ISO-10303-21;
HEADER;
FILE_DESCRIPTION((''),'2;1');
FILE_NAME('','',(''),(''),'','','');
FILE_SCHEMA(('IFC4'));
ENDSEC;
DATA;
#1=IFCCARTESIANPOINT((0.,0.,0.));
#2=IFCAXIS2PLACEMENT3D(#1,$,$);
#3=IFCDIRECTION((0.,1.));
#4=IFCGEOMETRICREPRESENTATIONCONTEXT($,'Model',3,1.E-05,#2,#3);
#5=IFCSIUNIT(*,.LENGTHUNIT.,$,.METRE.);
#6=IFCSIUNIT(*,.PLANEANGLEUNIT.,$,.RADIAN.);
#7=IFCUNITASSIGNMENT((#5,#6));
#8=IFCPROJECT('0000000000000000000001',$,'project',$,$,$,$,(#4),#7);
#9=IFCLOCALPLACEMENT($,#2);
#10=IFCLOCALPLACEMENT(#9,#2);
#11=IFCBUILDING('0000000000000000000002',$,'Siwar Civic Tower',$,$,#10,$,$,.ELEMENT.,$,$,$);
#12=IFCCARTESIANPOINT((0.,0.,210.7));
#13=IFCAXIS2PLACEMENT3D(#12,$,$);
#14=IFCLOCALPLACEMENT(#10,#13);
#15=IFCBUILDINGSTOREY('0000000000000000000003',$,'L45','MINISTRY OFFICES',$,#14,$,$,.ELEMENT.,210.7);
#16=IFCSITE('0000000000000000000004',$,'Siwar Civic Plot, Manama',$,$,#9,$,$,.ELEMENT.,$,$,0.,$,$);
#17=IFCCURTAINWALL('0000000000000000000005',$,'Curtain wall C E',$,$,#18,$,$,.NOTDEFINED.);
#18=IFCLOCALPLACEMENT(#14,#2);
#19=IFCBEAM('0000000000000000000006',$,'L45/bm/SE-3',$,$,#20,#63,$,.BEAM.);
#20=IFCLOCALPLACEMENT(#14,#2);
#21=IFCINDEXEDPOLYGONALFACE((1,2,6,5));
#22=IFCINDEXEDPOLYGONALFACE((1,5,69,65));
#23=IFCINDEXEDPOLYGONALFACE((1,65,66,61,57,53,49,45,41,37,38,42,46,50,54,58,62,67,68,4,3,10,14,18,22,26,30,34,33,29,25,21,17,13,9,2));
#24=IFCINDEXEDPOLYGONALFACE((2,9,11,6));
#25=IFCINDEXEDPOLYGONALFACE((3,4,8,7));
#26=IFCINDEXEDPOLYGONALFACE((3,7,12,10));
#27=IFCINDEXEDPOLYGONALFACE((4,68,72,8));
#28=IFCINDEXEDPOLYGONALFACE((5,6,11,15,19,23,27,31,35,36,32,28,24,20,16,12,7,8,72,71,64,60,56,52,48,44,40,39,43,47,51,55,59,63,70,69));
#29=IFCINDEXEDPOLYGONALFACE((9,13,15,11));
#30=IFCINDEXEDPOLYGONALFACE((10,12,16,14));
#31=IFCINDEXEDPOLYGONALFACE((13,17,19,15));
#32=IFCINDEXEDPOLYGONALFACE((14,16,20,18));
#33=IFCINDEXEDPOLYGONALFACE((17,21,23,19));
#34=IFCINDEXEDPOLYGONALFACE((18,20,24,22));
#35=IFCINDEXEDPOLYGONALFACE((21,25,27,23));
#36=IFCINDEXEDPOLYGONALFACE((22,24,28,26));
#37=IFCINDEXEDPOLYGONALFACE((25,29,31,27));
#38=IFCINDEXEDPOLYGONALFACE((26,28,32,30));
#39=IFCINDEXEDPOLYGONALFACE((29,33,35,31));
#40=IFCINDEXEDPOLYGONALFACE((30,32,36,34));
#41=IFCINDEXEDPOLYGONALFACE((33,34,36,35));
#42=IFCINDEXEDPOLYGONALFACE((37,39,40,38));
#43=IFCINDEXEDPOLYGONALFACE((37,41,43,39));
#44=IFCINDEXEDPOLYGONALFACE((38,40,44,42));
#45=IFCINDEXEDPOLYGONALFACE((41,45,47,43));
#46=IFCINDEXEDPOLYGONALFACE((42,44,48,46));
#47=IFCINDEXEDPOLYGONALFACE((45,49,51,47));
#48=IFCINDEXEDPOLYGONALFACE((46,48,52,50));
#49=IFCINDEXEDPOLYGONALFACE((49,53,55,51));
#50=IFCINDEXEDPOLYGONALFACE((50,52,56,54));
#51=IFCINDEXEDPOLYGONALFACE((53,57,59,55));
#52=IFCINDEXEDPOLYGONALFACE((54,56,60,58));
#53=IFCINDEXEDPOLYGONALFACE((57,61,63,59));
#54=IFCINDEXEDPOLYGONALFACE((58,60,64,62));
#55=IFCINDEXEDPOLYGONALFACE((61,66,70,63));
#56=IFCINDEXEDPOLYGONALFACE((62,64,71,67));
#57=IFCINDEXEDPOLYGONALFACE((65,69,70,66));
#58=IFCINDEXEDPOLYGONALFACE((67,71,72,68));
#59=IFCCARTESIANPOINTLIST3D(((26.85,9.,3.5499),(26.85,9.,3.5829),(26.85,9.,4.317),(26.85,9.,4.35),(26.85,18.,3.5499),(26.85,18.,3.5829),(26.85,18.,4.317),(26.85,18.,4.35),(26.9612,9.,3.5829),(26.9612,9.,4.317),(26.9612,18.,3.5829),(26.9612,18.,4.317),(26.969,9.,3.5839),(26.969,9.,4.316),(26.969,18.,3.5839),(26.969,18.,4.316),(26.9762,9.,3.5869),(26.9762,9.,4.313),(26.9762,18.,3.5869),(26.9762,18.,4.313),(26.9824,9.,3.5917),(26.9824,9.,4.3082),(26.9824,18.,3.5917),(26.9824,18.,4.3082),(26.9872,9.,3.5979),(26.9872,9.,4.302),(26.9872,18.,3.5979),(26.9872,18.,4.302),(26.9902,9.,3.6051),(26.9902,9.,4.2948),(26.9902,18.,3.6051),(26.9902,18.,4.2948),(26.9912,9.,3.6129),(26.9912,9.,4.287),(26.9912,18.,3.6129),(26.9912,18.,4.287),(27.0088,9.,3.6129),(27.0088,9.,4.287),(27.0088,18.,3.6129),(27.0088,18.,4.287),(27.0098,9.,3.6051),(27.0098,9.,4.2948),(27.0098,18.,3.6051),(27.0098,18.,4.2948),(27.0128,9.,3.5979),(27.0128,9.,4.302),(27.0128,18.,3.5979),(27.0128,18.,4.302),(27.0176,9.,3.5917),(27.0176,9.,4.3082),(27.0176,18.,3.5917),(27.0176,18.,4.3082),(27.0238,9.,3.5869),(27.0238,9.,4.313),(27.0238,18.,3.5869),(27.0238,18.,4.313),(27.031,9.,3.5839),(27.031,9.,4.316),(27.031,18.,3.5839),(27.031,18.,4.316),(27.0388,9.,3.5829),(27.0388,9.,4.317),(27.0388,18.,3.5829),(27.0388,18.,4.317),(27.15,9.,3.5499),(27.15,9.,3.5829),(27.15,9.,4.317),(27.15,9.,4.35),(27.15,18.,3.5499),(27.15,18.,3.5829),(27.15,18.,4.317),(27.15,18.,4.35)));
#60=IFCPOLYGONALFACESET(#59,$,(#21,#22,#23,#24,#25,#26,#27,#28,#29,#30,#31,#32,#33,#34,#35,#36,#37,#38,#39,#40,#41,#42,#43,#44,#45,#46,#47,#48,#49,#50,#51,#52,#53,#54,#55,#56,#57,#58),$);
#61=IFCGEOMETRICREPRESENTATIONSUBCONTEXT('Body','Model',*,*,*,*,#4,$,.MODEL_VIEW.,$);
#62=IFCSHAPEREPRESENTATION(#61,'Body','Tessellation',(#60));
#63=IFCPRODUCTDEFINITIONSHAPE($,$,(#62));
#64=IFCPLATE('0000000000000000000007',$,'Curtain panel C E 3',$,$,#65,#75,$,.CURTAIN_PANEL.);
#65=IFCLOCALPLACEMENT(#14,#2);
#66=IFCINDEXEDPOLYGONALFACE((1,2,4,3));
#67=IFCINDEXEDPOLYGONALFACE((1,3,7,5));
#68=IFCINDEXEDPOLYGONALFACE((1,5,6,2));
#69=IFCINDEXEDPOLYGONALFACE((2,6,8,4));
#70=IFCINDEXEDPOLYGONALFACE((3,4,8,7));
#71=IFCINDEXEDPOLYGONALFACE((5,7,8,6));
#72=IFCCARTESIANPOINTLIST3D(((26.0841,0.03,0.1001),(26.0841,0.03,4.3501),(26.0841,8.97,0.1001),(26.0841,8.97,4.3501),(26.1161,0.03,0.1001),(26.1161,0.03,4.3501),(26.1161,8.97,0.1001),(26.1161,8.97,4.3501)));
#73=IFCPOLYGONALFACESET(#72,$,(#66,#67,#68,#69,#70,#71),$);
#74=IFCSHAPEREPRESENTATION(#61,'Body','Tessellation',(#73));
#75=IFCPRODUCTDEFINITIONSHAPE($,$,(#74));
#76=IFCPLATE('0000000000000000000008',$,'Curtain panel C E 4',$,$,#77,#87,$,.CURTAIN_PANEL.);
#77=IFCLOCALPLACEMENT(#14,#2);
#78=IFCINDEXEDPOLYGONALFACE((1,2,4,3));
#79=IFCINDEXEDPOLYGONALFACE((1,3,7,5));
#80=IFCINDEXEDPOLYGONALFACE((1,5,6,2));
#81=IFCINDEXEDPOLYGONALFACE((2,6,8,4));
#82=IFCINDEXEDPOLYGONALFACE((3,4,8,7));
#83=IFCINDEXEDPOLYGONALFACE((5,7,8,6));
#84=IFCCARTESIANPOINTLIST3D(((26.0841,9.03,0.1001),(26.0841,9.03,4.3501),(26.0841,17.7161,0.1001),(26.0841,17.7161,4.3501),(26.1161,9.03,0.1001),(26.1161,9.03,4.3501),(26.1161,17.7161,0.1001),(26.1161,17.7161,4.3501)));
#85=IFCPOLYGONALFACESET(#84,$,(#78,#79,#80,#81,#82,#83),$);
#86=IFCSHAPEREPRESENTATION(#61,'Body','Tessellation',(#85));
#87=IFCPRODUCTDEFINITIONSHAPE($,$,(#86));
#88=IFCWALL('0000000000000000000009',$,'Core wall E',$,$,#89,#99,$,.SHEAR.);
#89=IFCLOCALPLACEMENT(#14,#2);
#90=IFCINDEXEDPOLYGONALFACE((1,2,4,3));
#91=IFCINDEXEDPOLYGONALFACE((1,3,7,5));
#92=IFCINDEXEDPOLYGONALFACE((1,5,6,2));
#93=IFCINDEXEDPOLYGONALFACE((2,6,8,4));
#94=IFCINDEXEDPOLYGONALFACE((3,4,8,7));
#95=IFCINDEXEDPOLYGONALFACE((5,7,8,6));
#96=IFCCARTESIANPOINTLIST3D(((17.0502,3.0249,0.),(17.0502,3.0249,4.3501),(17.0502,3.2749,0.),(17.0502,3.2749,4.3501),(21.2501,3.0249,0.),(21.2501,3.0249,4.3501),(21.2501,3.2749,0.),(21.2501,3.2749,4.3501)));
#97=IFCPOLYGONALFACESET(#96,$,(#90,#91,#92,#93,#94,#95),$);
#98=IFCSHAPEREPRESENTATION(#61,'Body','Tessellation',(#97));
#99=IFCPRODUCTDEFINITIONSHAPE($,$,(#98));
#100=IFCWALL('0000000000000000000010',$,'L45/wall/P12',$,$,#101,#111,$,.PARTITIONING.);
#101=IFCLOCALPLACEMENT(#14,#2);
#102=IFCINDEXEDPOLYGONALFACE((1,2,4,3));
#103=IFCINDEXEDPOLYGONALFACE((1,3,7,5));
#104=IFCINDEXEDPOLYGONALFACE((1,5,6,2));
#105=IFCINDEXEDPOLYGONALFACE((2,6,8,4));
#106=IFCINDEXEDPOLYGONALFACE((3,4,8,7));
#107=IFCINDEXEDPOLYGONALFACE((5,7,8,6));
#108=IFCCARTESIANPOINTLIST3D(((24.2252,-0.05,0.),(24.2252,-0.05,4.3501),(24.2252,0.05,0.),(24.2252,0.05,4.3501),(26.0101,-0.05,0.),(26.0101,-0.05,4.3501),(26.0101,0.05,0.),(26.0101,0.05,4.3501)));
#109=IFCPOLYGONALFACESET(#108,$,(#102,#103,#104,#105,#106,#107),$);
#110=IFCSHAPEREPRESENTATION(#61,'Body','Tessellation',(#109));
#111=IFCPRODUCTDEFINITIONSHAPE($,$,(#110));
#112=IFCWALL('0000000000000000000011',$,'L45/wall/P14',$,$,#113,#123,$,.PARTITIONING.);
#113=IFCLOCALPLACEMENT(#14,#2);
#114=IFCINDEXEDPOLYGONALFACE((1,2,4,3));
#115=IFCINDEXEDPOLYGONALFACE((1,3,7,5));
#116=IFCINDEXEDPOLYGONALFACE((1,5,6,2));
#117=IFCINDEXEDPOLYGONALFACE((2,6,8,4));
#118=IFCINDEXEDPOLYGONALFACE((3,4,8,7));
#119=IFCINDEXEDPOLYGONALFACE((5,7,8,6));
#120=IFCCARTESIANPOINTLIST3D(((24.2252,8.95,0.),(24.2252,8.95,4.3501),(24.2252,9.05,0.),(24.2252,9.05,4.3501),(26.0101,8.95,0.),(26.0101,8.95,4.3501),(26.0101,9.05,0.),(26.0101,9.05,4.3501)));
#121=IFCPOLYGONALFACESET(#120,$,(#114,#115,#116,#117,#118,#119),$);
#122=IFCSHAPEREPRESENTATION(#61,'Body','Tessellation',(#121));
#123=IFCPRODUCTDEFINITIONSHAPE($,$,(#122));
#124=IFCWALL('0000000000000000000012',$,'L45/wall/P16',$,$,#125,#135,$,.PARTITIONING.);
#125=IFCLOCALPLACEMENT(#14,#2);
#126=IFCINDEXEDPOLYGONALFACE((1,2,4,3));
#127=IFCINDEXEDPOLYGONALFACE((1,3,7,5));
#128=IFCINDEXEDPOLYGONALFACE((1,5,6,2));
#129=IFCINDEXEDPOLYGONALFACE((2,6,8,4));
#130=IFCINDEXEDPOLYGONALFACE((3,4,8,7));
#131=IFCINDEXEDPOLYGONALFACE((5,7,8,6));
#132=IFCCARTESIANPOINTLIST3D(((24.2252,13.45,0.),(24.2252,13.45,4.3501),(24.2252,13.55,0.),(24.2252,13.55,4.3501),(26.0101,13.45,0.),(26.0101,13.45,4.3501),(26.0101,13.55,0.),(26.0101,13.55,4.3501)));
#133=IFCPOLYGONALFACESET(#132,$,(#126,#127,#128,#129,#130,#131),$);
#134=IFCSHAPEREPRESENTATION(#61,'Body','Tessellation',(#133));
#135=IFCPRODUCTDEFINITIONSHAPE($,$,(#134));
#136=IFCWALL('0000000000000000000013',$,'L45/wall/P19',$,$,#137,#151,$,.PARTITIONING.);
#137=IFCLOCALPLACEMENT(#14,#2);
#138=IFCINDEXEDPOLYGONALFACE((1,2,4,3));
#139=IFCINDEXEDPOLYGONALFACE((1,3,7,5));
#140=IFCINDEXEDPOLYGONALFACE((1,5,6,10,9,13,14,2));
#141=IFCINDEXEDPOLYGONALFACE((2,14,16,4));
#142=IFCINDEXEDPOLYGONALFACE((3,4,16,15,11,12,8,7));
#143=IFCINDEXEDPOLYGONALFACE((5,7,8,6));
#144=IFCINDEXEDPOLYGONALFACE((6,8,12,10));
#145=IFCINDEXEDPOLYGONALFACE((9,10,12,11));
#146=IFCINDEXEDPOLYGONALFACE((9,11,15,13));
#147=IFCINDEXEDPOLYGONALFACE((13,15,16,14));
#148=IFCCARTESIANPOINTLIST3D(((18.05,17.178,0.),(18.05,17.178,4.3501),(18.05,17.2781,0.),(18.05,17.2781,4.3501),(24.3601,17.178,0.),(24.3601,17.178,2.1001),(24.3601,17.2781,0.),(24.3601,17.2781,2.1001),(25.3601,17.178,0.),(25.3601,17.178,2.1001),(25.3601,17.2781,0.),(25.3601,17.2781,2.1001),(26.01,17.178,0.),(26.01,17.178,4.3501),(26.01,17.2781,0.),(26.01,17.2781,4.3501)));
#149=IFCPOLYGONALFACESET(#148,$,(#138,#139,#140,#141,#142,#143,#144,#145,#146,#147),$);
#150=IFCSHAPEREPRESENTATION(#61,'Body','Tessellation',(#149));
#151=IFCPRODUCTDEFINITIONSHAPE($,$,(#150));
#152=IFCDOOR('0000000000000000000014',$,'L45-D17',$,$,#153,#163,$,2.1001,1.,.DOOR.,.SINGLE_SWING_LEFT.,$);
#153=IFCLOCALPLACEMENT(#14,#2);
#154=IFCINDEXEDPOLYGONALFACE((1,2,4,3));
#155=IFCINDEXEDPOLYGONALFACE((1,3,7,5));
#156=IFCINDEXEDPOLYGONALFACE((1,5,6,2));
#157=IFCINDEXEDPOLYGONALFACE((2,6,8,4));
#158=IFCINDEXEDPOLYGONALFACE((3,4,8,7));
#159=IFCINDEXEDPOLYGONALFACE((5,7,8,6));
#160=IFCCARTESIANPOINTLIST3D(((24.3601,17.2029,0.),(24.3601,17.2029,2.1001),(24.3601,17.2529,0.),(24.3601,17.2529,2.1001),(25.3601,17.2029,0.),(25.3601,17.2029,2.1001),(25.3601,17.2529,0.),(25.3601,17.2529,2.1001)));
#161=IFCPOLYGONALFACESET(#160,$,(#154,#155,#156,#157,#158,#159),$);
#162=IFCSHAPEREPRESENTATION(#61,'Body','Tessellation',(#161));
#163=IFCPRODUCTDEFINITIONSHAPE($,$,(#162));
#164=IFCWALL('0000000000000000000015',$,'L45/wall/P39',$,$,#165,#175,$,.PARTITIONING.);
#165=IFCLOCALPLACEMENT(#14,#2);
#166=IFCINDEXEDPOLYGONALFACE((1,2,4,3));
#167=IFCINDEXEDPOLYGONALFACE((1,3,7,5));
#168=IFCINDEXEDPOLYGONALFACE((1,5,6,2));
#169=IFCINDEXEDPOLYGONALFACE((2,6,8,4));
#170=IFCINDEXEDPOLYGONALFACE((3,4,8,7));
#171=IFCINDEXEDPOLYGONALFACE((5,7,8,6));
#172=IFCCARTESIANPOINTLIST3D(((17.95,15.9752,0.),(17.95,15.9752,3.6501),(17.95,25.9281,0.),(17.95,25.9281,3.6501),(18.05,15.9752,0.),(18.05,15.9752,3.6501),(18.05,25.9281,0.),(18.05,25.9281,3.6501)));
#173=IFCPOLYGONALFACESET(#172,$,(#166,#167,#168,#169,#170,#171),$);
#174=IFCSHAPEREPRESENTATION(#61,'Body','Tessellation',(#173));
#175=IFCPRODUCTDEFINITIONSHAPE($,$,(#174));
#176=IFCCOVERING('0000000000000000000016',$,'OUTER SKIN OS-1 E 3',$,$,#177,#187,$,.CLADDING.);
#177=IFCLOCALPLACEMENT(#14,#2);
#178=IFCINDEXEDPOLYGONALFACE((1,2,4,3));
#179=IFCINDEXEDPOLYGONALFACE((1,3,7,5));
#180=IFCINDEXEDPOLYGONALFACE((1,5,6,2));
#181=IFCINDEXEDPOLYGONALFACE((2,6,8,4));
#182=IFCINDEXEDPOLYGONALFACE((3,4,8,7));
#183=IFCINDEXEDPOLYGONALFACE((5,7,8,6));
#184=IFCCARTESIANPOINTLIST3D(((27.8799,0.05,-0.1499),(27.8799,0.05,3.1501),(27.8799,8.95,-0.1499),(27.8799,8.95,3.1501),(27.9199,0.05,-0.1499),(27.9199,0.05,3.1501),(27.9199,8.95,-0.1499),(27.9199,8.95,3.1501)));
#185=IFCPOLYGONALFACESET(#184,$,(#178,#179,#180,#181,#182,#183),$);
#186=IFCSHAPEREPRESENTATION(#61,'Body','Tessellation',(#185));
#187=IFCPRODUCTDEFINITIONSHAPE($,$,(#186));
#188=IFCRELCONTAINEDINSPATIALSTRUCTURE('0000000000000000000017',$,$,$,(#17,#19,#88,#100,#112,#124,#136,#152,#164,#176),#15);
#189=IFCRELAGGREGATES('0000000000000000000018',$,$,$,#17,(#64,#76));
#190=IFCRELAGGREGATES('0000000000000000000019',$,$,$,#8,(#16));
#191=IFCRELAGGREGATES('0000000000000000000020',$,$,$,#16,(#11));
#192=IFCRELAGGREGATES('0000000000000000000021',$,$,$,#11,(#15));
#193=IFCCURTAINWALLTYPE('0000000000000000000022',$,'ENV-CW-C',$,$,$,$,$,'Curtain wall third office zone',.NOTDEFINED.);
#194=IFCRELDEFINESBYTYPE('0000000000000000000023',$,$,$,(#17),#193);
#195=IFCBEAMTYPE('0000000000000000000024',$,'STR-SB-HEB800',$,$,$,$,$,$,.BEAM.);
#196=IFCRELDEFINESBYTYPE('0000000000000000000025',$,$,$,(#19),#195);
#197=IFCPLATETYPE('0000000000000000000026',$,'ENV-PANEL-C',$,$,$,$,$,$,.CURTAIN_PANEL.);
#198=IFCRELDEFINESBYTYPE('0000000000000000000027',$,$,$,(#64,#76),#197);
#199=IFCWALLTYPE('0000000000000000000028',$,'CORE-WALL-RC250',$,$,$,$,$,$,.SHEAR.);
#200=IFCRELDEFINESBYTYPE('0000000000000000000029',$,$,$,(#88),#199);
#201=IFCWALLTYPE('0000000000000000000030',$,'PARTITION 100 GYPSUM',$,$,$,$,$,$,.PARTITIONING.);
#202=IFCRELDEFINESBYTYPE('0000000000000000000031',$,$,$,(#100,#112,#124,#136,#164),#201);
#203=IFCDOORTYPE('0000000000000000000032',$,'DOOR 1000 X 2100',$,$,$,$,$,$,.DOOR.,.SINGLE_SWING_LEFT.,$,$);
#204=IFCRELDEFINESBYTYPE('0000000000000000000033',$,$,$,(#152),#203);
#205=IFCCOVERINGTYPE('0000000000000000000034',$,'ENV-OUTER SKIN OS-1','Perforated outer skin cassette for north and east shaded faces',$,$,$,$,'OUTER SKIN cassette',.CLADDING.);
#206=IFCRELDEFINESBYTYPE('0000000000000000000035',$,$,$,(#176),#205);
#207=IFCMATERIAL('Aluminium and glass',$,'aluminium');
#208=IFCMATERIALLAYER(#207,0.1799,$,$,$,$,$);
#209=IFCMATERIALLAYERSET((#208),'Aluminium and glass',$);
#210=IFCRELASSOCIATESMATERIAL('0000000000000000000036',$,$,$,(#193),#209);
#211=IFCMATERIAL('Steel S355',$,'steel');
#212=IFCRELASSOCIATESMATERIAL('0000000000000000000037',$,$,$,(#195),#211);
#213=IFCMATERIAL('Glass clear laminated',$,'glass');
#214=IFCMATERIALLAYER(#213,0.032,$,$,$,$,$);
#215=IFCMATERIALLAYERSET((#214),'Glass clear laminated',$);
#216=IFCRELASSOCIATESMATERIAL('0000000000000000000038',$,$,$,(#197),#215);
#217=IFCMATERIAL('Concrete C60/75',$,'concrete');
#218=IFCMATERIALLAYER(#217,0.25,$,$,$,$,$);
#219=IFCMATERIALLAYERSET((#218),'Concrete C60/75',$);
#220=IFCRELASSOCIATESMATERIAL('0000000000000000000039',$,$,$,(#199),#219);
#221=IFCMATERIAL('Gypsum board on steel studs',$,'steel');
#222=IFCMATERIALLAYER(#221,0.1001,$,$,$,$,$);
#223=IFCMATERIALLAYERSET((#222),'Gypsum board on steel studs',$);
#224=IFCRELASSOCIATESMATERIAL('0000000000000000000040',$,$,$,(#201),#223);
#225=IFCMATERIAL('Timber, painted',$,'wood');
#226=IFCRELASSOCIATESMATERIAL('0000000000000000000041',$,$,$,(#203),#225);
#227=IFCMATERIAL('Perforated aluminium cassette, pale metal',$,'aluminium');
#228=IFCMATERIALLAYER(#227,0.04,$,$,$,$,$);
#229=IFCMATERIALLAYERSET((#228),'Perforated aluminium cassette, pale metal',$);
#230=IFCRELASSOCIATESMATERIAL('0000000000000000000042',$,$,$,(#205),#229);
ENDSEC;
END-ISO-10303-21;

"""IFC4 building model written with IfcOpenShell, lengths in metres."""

from ifc_helpers import new_model, si_unit, direction, frame, frame_2d, origin, origin_2d, place, context, subcontext, project, spatial, rectangle, i_section, extrude, material, layer, layer_set, material_profile, profile_set, type_object, element, fill, aggregate, save


model = new_model("IFC4")

# Units and contexts
model_context = context("Model", 3, precision=1e-05, world=origin(), true_north=direction((0.0, 1.0)))
body_context = subcontext(model_context, "Body", "Model", "MODEL_VIEW")
ifc_project = project(units=[si_unit("LENGTHUNIT", "METRE"), si_unit("PLANEANGLEUNIT", "RADIAN")], contexts=[model_context])

# Site, building, storey
site_placement = place(None, origin())
site = spatial("IfcSite", under=ifc_project, at=site_placement, Name="Siwar Civic Plot, Manama", CompositionType="ELEMENT", RefElevation=0.0)
building_placement = place(site_placement, origin())
building = spatial("IfcBuilding", under=site, at=building_placement, Name="Siwar Civic Tower", CompositionType="ELEMENT")
storey_placement = place(building_placement, frame((0.0, 0.0, 210.7)))
storey = spatial("IfcBuildingStorey", under=building, at=storey_placement, Name="L45", Description="MINISTRY OFFICES", CompositionType="ELEMENT", Elevation=210.7)

# Curtain wall
ifc_material_1 = material(Name="Aluminium and glass", Category="aluminium")
ifc_layer_1 = layer(ifc_material_1, 0.1799)
ifc_layer_set_1 = layer_set([ifc_layer_1], Name="Aluminium and glass")
curtain_wall_type_1 = type_object("IfcCurtainWallType", Name="ENV-CW-C", ElementType="Curtain wall third office zone", PredefinedType="NOTDEFINED", material=ifc_layer_set_1)
curtain_wall_1_placement = place(storey_placement, origin())
curtain_wall_1 = element("IfcCurtainWall", 1, at=curtain_wall_1_placement, inside=storey, type_object=curtain_wall_type_1, Name="Curtain wall C E", PredefinedType="NOTDEFINED")

# Beam
ifc_material_2 = material(Name="Steel S355", Category="steel")
ifc_material_profile_1 = material_profile(ifc_material_2, i_section(OverallWidth=0.3, OverallDepth=0.8, WebThickness=0.0176, FlangeThickness=0.033, FilletRadius=0.03, at=origin_2d()), Name="HEB800")
ifc_profile_set_1 = profile_set([ifc_material_profile_1], Name="Steel S355")
beam_type_1 = type_object("IfcBeamType", Name="STR-SB-HEB800", PredefinedType="BEAM", material=ifc_profile_set_1)
for number, where, z_axis, x_axis, name in (
    (2, (27.0, 9.0, 3.95), (0.0, 1.0, 0.0), (-1.0, 0.0, 0.0), "L45/bm/SE-3"),
):
    element("IfcBeam", number, at=place(storey_placement, frame(where, z_axis=z_axis, x_axis=x_axis)), inside=storey, type_object=beam_type_1, Name=name, PredefinedType="BEAM", context=body_context, shape_type="SweptSolid", body=[
        extrude(i_section(OverallWidth=0.3, OverallDepth=0.8, WebThickness=0.0176, FlangeThickness=0.033, FilletRadius=0.03, at=origin_2d()), origin(), (0.0, 0.0, 1.0), 9.0),
    ])

# Plates
ifc_material_3 = material(Name="Glass clear laminated", Category="glass")
ifc_layer_2 = layer(ifc_material_3, 0.032)
ifc_layer_set_2 = layer_set([ifc_layer_2], Name="Glass clear laminated")
plate_type = type_object("IfcPlateType", Name="ENV-PANEL-C", PredefinedType="CURTAIN_PANEL", material=ifc_layer_set_2)
plate_1_placement = place(storey_placement, frame((26.1001, 4.5, 0.1001), z_axis=(0.0, 0.0, 1.0), x_axis=(0.0, 1.0, 0.0)))
plate_1 = element("IfcPlate", 3, at=plate_1_placement, type_object=plate_type, Name="Curtain panel C E 3", PredefinedType="CURTAIN_PANEL", context=body_context, shape_type="SweptSolid", body=[
    extrude(rectangle(XDim=8.9399, YDim=0.032, at=origin_2d()), origin(), (0.0, 0.0, 1.0), 4.25),
])
plate_2_placement = place(storey_placement, frame((26.1001, 13.373, 0.1001), z_axis=(0.0, 0.0, 1.0), x_axis=(0.0, 1.0, 0.0)))
plate_2 = element("IfcPlate", 4, at=plate_2_placement, type_object=plate_type, Name="Curtain panel C E 4", PredefinedType="CURTAIN_PANEL", context=body_context, shape_type="SweptSolid", body=[
    extrude(rectangle(XDim=8.686, YDim=0.032, at=origin_2d()), origin(), (0.0, 0.0, 1.0), 4.25),
])
aggregate(curtain_wall_1, [plate_1, plate_2])

# Walls
ifc_material_4 = material(Name="Concrete C60/75", Category="concrete")
ifc_layer_3 = layer(ifc_material_4, 0.25)
ifc_layer_set_3 = layer_set([ifc_layer_3], Name="Concrete C60/75")
wall_type_1 = type_object("IfcWallType", Name="CORE-WALL-RC250", PredefinedType="SHEAR", material=ifc_layer_set_3)
wall_1_placement = place(storey_placement, frame((17.05, 3.1499, 0.0), z_axis=(0.0, 0.0, 1.0), x_axis=(1.0, 0.0, 0.0)))
element("IfcWall", 5, at=wall_1_placement, inside=storey, type_object=wall_type_1, Name="Core wall E", PredefinedType="SHEAR", context=body_context, shape_type="SweptSolid", body=[
    extrude(rectangle(XDim=4.2, YDim=0.25, at=frame_2d((2.1001, 0.0))), origin(), (0.0, 0.0, 1.0), 4.3501),
])
ifc_material_5 = material(Name="Gypsum board on steel studs", Category="steel")
ifc_layer_4 = layer(ifc_material_5, 0.1001)
ifc_layer_set_4 = layer_set([ifc_layer_4], Name="Gypsum board on steel studs")
wall_type_2 = type_object("IfcWallType", Name="PARTITION 100 GYPSUM", PredefinedType="PARTITIONING", material=ifc_layer_set_4)
for number, where, z_axis, x_axis, name in (
    (6, (24.2251, 0.0, 0.0), (0.0, 0.0, 1.0), (1.0, 0.0, 0.0), "L45/wall/P12"),
    (7, (24.2251, 9.0, 0.0), (0.0, 0.0, 1.0), (1.0, 0.0, 0.0), "L45/wall/P14"),
    (8, (24.2251, 13.5, 0.0), (0.0, 0.0, 1.0), (1.0, 0.0, 0.0), "L45/wall/P16"),
):
    element("IfcWall", number, at=place(storey_placement, frame(where, z_axis=z_axis, x_axis=x_axis)), inside=storey, type_object=wall_type_2, Name=name, PredefinedType="PARTITIONING", context=body_context, shape_type="SweptSolid", body=[
        extrude(rectangle(XDim=1.7849, YDim=0.1001, at=frame_2d((0.8926, 0.0))), origin(), (0.0, 0.0, 1.0), 4.3501),
    ])

# Wall, opening, door
wall_2_placement = place(storey_placement, frame((18.05, 17.228, 0.0), z_axis=(0.0, 0.0, 1.0), x_axis=(1.0, 0.0, 0.0)))
wall_2 = element("IfcWall", 9, at=wall_2_placement, inside=storey, type_object=wall_type_2, Name="L45/wall/P19", PredefinedType="PARTITIONING", context=body_context, shape_type="SweptSolid", body=[
    extrude(rectangle(XDim=7.96, YDim=0.1001, at=frame_2d((3.98, 0.0))), origin(), (0.0, 0.0, 1.0), 4.3501),
])
opening_placement = place(wall_2_placement, frame((6.3101, 0.0, 0.0)))
opening = element("IfcOpeningElement", 10, at=opening_placement, cuts=wall_2, PredefinedType="OPENING", context=body_context, shape_type="SweptSolid", body=[
    extrude(rectangle(XDim=1.0, YDim=2.1001, at=frame_2d((0.5, 1.05))), frame((0.0, 0.0601, 0.0), z_axis=(0.0, -1.0, 0.0), x_axis=(1.0, 0.0, 0.0)), (0.0, 0.0, 1.0), 0.1201),
])
ifc_material_6 = material(Name="Timber, painted", Category="wood")
door_type = type_object("IfcDoorType", Name="DOOR 1000 X 2100", OperationType="SINGLE_SWING_LEFT", PredefinedType="DOOR", material=ifc_material_6)
door_placement = place(opening_placement, origin())
door = element("IfcDoor", 11, at=door_placement, inside=storey, type_object=door_type, Name="L45-D17", OperationType="SINGLE_SWING_LEFT", OverallHeight=2.1001, OverallWidth=1.0, PredefinedType="DOOR", context=body_context, shape_type="SweptSolid", body=[
    extrude(rectangle(XDim=1.0, YDim=2.1001, at=frame_2d((0.5, 1.05))), frame((0.0, 0.0249, 0.0), z_axis=(0.0, -1.0, 0.0), x_axis=(1.0, 0.0, 0.0)), (0.0, 0.0, 1.0), 0.05),
])
fill(opening, door)

# Wall
wall_3_placement = place(storey_placement, frame((18.0, 15.9751, 0.0), z_axis=(0.0, 0.0, 1.0), x_axis=(0.0, 1.0, 0.0)))
element("IfcWall", 12, at=wall_3_placement, inside=storey, type_object=wall_type_2, Name="L45/wall/P39", PredefinedType="PARTITIONING", context=body_context, shape_type="SweptSolid", body=[
    extrude(rectangle(XDim=9.9529, YDim=0.1001, at=frame_2d((4.9766, 0.0))), origin(), (0.0, 0.0, 1.0), 3.6501),
])

# Covering
ifc_material_7 = material(Name="Perforated aluminium cassette, pale metal", Category="aluminium")
ifc_layer_5 = layer(ifc_material_7, 0.04)
ifc_layer_set_5 = layer_set([ifc_layer_5], Name="Perforated aluminium cassette, pale metal")
covering_type = type_object("IfcCoveringType", Name="ENV-OUTER SKIN OS-1", Description="Perforated outer skin cassette for north and east shaded faces", ElementType="OUTER SKIN cassette", PredefinedType="CLADDING", material=ifc_layer_set_5)
covering_1_placement = place(storey_placement, frame((27.8999, 4.5, -0.1499), z_axis=(0.0, 0.0, 1.0), x_axis=(0.0, 1.0, 0.0)))
element("IfcCovering", 13, at=covering_1_placement, inside=storey, type_object=covering_type, Name="OUTER SKIN OS-1 E 3", PredefinedType="CLADDING", context=body_context, shape_type="SweptSolid", body=[
    extrude(rectangle(XDim=8.8999, YDim=0.04, at=origin_2d()), origin(), (0.0, 0.0, 1.0), 3.3),
])

save(model, "model.ifc")
